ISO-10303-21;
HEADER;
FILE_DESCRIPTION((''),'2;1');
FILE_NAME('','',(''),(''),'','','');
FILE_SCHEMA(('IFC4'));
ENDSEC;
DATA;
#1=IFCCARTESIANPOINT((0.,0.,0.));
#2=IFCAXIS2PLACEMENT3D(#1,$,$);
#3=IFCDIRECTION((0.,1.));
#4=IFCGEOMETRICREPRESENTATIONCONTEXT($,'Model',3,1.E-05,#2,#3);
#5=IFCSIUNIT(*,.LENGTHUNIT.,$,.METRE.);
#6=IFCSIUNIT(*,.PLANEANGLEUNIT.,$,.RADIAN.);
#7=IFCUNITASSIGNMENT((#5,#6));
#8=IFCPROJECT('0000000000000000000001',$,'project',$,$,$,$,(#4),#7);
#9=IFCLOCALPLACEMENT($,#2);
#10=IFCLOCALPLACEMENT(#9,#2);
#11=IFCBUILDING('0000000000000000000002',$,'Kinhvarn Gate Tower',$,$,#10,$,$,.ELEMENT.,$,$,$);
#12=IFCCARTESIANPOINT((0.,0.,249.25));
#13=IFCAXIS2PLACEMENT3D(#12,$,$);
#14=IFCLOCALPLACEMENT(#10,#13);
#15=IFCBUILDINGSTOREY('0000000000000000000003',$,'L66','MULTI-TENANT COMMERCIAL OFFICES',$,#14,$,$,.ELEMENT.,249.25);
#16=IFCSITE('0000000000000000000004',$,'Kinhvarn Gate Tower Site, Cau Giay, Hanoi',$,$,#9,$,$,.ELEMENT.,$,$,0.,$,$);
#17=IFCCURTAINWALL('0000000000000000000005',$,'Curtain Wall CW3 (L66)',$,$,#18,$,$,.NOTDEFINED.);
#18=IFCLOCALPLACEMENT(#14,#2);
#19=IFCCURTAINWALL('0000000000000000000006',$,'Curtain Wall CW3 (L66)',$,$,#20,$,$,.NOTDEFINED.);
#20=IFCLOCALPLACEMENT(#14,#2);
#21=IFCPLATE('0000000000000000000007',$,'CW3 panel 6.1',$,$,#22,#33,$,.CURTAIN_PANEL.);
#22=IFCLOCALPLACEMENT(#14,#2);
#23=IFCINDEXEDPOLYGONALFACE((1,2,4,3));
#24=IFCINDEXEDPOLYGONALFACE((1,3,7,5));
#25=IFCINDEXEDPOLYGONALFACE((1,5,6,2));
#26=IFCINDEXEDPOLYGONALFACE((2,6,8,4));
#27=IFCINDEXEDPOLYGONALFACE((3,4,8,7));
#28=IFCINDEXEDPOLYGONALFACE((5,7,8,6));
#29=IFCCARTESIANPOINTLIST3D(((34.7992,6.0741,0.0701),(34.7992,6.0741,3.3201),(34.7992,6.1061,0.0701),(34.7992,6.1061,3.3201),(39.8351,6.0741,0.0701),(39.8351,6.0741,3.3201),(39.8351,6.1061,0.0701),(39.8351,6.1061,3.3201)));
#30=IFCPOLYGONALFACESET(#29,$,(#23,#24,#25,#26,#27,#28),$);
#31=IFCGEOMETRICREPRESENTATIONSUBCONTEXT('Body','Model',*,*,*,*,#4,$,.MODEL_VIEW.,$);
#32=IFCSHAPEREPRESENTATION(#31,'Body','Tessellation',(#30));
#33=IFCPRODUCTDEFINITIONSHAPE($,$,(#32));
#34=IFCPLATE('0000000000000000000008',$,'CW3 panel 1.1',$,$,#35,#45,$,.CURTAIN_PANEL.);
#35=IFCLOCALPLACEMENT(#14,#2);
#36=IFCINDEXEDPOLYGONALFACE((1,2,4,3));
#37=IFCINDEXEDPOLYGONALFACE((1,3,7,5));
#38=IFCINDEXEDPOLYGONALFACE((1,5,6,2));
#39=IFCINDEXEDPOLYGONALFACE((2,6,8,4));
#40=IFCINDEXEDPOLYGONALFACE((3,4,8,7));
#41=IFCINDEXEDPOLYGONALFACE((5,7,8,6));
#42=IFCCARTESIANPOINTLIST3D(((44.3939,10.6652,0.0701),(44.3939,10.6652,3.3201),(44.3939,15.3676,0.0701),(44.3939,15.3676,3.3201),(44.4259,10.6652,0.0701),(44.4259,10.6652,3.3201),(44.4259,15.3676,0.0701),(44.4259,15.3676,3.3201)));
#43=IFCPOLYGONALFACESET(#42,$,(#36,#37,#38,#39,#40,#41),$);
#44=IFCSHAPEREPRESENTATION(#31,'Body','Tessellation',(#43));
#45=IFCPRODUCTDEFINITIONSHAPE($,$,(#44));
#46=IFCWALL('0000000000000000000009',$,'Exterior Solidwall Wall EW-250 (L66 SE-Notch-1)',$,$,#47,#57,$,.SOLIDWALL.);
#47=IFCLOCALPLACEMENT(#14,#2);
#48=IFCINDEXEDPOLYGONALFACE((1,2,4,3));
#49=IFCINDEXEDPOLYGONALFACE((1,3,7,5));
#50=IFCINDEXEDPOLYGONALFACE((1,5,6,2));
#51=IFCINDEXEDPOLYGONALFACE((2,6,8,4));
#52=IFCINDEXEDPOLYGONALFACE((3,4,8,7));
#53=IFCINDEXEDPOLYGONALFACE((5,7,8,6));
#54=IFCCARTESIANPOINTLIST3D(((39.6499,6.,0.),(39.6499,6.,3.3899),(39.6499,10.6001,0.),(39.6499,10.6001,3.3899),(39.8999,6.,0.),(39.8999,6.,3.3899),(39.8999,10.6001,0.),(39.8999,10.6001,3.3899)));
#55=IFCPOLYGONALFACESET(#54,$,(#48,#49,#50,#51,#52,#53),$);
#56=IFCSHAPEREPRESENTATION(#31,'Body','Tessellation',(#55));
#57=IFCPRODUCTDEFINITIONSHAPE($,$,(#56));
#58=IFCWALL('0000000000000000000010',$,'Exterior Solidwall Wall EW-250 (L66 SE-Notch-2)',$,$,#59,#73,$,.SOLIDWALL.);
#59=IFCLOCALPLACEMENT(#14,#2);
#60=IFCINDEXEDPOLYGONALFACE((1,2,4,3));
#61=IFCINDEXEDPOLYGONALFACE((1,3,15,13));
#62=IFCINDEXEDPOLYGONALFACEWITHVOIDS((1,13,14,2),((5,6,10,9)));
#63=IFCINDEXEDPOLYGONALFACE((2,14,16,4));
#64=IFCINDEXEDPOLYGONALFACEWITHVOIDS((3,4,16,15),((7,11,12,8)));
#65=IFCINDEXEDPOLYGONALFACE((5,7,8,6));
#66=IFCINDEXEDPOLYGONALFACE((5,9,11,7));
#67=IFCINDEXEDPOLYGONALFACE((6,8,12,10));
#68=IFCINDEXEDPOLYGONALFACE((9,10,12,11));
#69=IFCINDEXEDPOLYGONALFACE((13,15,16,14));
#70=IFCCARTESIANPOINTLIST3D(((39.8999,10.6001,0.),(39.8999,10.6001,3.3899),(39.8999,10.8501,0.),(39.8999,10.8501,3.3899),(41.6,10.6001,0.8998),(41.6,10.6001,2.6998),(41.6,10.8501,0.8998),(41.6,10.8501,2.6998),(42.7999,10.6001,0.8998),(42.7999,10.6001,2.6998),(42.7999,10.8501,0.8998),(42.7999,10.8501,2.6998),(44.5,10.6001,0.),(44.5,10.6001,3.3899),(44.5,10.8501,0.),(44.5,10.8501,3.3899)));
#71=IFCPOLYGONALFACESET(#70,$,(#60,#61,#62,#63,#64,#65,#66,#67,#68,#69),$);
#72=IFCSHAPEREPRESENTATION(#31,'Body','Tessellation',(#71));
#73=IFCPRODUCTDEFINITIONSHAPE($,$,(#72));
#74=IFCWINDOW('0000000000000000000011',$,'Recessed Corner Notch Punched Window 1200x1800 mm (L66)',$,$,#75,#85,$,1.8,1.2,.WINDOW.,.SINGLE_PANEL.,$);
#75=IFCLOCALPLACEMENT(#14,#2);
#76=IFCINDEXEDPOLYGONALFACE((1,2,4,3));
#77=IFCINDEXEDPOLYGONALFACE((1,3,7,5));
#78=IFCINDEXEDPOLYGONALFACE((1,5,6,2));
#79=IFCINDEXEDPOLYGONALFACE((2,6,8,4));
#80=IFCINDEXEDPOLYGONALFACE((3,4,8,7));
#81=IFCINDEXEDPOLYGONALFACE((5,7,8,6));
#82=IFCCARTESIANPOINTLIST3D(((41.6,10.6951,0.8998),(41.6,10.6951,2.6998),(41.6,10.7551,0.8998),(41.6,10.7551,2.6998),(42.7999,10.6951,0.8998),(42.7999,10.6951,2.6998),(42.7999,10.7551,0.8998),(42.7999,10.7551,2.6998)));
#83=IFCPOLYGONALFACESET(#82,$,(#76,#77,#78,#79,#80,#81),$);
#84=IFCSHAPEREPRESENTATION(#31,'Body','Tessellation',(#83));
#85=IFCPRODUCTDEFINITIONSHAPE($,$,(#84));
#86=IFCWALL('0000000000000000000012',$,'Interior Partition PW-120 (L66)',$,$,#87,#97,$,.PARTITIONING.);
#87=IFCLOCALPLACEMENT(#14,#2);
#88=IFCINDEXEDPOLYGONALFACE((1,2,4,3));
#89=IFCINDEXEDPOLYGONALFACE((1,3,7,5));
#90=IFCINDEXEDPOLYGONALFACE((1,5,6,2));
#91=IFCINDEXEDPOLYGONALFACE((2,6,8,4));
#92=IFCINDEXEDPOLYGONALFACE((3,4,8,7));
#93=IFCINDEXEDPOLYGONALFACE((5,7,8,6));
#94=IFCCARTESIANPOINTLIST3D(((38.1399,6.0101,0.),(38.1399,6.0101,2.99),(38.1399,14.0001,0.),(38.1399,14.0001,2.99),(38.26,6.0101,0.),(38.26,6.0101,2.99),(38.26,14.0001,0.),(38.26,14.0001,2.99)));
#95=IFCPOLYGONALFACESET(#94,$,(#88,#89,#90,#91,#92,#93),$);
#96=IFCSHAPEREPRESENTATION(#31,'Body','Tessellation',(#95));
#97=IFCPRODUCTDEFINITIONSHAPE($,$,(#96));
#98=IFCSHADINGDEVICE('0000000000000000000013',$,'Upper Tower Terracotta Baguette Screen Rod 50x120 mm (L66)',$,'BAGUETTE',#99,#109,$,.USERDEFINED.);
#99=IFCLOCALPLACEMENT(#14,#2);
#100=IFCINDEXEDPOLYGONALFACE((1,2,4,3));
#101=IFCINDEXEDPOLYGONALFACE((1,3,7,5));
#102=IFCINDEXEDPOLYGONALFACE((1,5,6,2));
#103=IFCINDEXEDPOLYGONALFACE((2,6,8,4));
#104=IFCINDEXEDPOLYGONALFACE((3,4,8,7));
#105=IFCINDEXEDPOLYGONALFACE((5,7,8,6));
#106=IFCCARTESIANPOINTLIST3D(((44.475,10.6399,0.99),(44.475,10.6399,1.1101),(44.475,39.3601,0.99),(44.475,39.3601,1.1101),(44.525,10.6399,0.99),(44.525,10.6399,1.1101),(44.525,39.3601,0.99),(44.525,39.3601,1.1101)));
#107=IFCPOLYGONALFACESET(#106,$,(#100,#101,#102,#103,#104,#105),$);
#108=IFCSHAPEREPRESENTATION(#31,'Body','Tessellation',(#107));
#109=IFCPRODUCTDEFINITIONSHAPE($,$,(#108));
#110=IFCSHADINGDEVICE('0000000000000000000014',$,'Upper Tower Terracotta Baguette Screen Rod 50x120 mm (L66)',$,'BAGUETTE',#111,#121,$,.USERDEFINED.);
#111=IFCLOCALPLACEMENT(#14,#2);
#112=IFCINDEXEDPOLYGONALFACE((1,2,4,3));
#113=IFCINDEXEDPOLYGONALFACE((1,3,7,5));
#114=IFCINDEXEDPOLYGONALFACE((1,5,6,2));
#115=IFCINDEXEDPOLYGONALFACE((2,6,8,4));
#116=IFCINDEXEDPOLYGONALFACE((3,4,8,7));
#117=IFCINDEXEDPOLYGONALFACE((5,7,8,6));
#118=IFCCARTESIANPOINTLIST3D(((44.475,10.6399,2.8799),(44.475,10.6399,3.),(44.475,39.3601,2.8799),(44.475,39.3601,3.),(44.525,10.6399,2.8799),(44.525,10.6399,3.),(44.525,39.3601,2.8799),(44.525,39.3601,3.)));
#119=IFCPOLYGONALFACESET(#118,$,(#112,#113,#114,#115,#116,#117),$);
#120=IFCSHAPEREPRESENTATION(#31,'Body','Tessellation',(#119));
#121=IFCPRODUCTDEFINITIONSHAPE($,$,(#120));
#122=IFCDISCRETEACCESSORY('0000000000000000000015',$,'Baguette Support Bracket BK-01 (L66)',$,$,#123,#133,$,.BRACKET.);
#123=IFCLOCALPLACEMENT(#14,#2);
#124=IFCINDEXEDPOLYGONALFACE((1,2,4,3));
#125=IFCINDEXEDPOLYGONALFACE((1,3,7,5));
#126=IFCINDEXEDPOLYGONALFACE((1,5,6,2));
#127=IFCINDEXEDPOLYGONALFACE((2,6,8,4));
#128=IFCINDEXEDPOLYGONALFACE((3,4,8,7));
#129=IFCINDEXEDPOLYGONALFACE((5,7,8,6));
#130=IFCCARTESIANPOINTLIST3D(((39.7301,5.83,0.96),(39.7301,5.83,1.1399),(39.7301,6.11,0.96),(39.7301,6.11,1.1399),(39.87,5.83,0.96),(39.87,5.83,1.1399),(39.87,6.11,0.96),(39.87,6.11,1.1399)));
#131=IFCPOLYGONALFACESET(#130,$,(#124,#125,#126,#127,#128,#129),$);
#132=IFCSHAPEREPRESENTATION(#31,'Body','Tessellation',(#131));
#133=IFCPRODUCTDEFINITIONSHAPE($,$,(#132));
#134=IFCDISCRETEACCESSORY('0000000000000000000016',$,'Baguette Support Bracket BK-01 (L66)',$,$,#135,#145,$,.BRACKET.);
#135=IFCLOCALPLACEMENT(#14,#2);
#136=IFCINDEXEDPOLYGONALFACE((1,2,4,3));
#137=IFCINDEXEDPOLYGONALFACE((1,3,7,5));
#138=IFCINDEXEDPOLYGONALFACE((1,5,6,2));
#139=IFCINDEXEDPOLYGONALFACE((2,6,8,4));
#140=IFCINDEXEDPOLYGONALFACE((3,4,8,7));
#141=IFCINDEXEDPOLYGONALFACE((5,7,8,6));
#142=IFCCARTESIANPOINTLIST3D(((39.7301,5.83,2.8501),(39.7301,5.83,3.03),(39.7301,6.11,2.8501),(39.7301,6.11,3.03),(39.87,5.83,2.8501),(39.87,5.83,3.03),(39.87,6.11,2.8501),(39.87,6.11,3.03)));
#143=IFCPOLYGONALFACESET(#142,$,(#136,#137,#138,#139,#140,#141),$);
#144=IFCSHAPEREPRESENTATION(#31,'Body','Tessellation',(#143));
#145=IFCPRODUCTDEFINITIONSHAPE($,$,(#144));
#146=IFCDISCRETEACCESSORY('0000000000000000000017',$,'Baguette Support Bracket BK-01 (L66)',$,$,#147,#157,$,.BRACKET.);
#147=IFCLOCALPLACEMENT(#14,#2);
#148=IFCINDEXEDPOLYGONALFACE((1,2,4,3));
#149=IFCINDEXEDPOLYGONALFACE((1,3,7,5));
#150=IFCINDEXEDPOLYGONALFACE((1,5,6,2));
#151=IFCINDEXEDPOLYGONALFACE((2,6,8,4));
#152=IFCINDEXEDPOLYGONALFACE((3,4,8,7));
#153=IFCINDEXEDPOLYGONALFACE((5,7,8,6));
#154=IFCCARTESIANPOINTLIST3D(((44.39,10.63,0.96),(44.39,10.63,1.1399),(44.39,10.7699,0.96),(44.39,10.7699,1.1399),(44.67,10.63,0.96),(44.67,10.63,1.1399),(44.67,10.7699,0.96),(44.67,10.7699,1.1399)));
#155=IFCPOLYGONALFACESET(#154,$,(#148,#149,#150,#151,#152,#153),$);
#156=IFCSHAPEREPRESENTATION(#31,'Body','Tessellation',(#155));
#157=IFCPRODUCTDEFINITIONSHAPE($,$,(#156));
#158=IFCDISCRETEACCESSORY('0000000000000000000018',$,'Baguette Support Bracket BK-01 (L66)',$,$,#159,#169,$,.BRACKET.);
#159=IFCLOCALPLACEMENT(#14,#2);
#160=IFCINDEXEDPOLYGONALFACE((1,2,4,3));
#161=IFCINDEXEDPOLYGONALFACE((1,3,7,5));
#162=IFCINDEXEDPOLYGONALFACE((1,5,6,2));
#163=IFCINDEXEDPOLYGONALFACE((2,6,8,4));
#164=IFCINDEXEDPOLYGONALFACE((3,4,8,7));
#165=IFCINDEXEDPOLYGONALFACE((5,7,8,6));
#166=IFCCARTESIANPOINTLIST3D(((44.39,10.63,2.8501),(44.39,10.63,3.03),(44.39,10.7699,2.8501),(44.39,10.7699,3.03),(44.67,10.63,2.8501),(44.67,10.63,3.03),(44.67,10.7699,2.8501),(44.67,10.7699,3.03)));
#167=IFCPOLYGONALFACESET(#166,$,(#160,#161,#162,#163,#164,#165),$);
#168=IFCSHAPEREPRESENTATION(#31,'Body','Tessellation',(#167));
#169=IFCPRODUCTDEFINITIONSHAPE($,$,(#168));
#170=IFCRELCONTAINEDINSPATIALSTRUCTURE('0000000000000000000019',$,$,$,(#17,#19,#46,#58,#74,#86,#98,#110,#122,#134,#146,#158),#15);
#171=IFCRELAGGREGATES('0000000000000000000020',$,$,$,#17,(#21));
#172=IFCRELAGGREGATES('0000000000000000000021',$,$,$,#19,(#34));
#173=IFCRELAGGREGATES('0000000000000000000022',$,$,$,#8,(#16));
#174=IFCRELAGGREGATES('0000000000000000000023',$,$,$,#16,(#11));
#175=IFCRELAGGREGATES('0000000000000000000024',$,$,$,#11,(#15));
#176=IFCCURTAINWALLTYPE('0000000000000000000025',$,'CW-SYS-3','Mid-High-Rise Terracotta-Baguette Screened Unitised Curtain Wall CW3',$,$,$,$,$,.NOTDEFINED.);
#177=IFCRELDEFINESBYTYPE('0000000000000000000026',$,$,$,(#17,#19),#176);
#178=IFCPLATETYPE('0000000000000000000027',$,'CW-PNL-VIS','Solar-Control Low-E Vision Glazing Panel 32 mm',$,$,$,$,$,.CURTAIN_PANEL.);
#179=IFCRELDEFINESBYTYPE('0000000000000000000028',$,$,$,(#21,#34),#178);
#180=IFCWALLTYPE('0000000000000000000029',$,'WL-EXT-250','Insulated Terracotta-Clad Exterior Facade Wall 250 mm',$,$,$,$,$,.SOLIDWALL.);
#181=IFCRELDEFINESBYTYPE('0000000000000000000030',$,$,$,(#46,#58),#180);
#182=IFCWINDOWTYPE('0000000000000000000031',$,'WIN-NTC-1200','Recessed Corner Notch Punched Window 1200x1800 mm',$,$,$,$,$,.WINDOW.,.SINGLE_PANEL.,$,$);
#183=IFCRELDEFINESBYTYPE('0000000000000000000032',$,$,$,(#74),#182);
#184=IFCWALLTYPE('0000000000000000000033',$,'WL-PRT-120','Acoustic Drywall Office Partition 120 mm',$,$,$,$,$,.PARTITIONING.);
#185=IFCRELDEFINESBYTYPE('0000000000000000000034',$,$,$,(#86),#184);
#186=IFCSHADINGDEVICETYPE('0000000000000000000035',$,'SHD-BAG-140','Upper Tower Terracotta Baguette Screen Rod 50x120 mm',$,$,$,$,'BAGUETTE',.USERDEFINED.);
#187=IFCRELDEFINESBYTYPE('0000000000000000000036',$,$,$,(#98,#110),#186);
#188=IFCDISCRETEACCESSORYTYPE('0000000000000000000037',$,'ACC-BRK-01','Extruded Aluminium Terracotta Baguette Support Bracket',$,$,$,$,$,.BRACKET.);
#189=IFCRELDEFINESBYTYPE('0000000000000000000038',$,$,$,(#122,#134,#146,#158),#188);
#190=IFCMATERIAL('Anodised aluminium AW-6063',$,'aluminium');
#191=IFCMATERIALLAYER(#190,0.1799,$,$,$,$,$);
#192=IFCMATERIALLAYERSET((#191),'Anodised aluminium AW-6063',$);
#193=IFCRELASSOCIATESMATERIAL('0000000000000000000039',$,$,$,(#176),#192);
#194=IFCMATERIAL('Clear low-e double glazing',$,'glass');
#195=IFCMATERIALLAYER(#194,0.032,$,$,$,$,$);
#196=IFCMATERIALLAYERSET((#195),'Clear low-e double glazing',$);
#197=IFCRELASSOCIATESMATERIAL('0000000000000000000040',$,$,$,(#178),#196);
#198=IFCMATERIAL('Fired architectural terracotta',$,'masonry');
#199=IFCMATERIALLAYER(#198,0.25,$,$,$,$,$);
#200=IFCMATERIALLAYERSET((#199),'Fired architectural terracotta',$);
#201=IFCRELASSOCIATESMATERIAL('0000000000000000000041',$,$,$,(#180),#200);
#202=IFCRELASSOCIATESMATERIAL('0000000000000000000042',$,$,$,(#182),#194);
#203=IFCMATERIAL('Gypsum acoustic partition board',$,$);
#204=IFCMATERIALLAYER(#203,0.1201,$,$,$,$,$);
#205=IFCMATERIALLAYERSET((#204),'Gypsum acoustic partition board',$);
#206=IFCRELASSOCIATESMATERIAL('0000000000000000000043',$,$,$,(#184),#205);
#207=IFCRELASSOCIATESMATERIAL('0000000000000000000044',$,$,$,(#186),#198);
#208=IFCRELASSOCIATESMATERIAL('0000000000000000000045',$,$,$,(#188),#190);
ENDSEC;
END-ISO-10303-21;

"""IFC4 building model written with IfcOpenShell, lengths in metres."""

from ifc_helpers import new_model, si_unit, direction, frame, frame_2d, origin, origin_2d, place, context, subcontext, project, spatial, rectangle, extrude, material, layer, layer_set, material_profile, profile_set, type_object, element, fill, aggregate, save


model = new_model("IFC4")

# Units and contexts
model_context = context("Model", 3, precision=1e-05, world=origin(), true_north=direction((0.0, 1.0)))
body_context = subcontext(model_context, "Body", "Model", "MODEL_VIEW")
ifc_project = project(units=[si_unit("LENGTHUNIT", "METRE"), si_unit("PLANEANGLEUNIT", "RADIAN")], contexts=[model_context])

# Site, building, storey
site_placement = place(None, origin())
site = spatial("IfcSite", under=ifc_project, at=site_placement, Name="Kinhvarn Gate Tower Site, Cau Giay, Hanoi", CompositionType="ELEMENT", RefElevation=0.0)
building_placement = place(site_placement, origin())
building = spatial("IfcBuilding", under=site, at=building_placement, Name="Kinhvarn Gate Tower", CompositionType="ELEMENT")
storey_placement = place(building_placement, frame((0.0, 0.0, 249.25)))
storey = spatial("IfcBuildingStorey", under=building, at=storey_placement, Name="L66", Description="MULTI-TENANT COMMERCIAL OFFICES", CompositionType="ELEMENT", Elevation=249.25)

# Curtain walls
ifc_material_1 = material(Name="Anodised aluminium AW-6063", Category="aluminium")
ifc_layer_1 = layer(ifc_material_1, 0.1799)
ifc_layer_set_1 = layer_set([ifc_layer_1], Name="Anodised aluminium AW-6063")
curtain_wall_type = type_object("IfcCurtainWallType", Name="CW-SYS-3", Description="Mid-High-Rise Terracotta-Baguette Screened Unitised Curtain Wall CW3", PredefinedType="NOTDEFINED", material=ifc_layer_set_1)
curtain_wall_1_placement = place(storey_placement, origin())
curtain_wall_1 = element("IfcCurtainWall", 1, at=curtain_wall_1_placement, inside=storey, type_object=curtain_wall_type, Name="Curtain Wall CW3 (L66)", PredefinedType="NOTDEFINED")
curtain_wall_2_placement = place(storey_placement, origin())
curtain_wall_2 = element("IfcCurtainWall", 2, at=curtain_wall_2_placement, inside=storey, type_object=curtain_wall_type, Name="Curtain Wall CW3 (L66)", PredefinedType="NOTDEFINED")

# Plates
ifc_material_2 = material(Name="Clear low-e double glazing", Category="glass")
ifc_layer_2 = layer(ifc_material_2, 0.032)
ifc_layer_set_2 = layer_set([ifc_layer_2], Name="Clear low-e double glazing")
plate_type = type_object("IfcPlateType", Name="CW-PNL-VIS", Description="Solar-Control Low-E Vision Glazing Panel 32 mm", PredefinedType="CURTAIN_PANEL", material=ifc_layer_set_2)
plate_1_placement = place(storey_placement, frame((37.3171, 6.0901, 0.0701), z_axis=(0.0, 0.0, 1.0), x_axis=(1.0, 0.0, 0.0)))
plate_1 = element("IfcPlate", 3, at=plate_1_placement, type_object=plate_type, Name="CW3 panel 6.1", PredefinedType="CURTAIN_PANEL", context=body_context, shape_type="SweptSolid", body=[
    extrude(rectangle(XDim=5.0359, YDim=0.032, at=origin_2d()), origin(), (0.0, 0.0, 1.0), 3.25),
])
aggregate(curtain_wall_1, [plate_1])
plate_2_placement = place(storey_placement, frame((44.4099, 13.0164, 0.0701), z_axis=(0.0, 0.0, 1.0), x_axis=(0.0, 1.0, 0.0)))
plate_2 = element("IfcPlate", 4, at=plate_2_placement, type_object=plate_type, Name="CW3 panel 1.1", PredefinedType="CURTAIN_PANEL", context=body_context, shape_type="SweptSolid", body=[
    extrude(rectangle(XDim=4.7024, YDim=0.032, at=origin_2d()), origin(), (0.0, 0.0, 1.0), 3.25),
])
aggregate(curtain_wall_2, [plate_2])

# Wall
ifc_material_3 = material(Name="Fired architectural terracotta", Category="masonry")
ifc_layer_3 = layer(ifc_material_3, 0.25)
ifc_layer_set_3 = layer_set([ifc_layer_3], Name="Fired architectural terracotta")
wall_type_1 = type_object("IfcWallType", Name="WL-EXT-250", Description="Insulated Terracotta-Clad Exterior Facade Wall 250 mm", PredefinedType="SOLIDWALL", material=ifc_layer_set_3)
wall_1_placement = place(storey_placement, frame((39.7749, 6.0, 0.0), z_axis=(0.0, 0.0, 1.0), x_axis=(0.0, 1.0, 0.0)))
element("IfcWall", 5, at=wall_1_placement, inside=storey, type_object=wall_type_1, Name="Exterior Solidwall Wall EW-250 (L66 SE-Notch-1)", PredefinedType="SOLIDWALL", context=body_context, shape_type="SweptSolid", body=[
    extrude(rectangle(XDim=4.6001, YDim=0.25, at=frame_2d((2.3, 0.0))), origin(), (0.0, 0.0, 1.0), 3.3899),
])

# Wall, opening, window
wall_2_placement = place(storey_placement, frame((39.8999, 10.7251, 0.0), z_axis=(0.0, 0.0, 1.0), x_axis=(1.0, 0.0, 0.0)))
wall_2 = element("IfcWall", 6, at=wall_2_placement, inside=storey, type_object=wall_type_1, Name="Exterior Solidwall Wall EW-250 (L66 SE-Notch-2)", PredefinedType="SOLIDWALL", context=body_context, shape_type="SweptSolid", body=[
    extrude(rectangle(XDim=4.6001, YDim=0.25, at=frame_2d((2.3, 0.0))), origin(), (0.0, 0.0, 1.0), 3.3899),
])
opening_placement = place(wall_2_placement, frame((1.7, 0.0, 0.8999)))
opening = element("IfcOpeningElement", 7, at=opening_placement, cuts=wall_2, PredefinedType="OPENING", context=body_context, shape_type="SweptSolid", body=[
    extrude(rectangle(XDim=1.2, YDim=1.8, at=frame_2d((0.6001, 0.8999))), frame((0.0, 0.135, 0.0), z_axis=(0.0, -1.0, 0.0), x_axis=(1.0, 0.0, 0.0)), (0.0, 0.0, 1.0), 0.27),
])
window_type = type_object("IfcWindowType", Name="WIN-NTC-1200", Description="Recessed Corner Notch Punched Window 1200x1800 mm", PartitioningType="SINGLE_PANEL", PredefinedType="WINDOW", material=ifc_material_2)
window_placement = place(opening_placement, origin())
window = element("IfcWindow", 8, at=window_placement, inside=storey, type_object=window_type, Name="Recessed Corner Notch Punched Window 1200x1800 mm (L66)", OverallHeight=1.8, OverallWidth=1.2, PartitioningType="SINGLE_PANEL", PredefinedType="WINDOW", context=body_context, shape_type="SweptSolid", body=[
    extrude(rectangle(XDim=1.2, YDim=1.8, at=frame_2d((0.6001, 0.8999))), frame((0.0, 0.03, 0.0), z_axis=(0.0, -1.0, 0.0), x_axis=(1.0, 0.0, 0.0)), (0.0, 0.0, 1.0), 0.0601),
])
fill(opening, window)

# Wall
ifc_material_4 = material(Name="Gypsum acoustic partition board")
ifc_layer_4 = layer(ifc_material_4, 0.1201)
ifc_layer_set_4 = layer_set([ifc_layer_4], Name="Gypsum acoustic partition board")
wall_type_2 = type_object("IfcWallType", Name="WL-PRT-120", Description="Acoustic Drywall Office Partition 120 mm", PredefinedType="PARTITIONING", material=ifc_layer_set_4)
wall_3_placement = place(storey_placement, frame((38.2, 6.01, 0.0), z_axis=(0.0, 0.0, 1.0), x_axis=(0.0, 1.0, 0.0)))
element("IfcWall", 9, at=wall_3_placement, inside=storey, type_object=wall_type_2, Name="Interior Partition PW-120 (L66)", PredefinedType="PARTITIONING", context=body_context, shape_type="SweptSolid", body=[
    extrude(rectangle(XDim=7.99, YDim=0.1201, at=frame_2d((3.9951, 0.0))), origin(), (0.0, 0.0, 1.0), 2.99),
])

# Shading devices
ifc_material_profile_1 = material_profile(ifc_material_3, rectangle(XDim=0.05, YDim=0.1201, at=origin_2d()), Name="TC 50x120")
ifc_profile_set_1 = profile_set([ifc_material_profile_1], Name="Fired architectural terracotta")
shading_device_type = type_object("IfcShadingDeviceType", Name="SHD-BAG-140", Description="Upper Tower Terracotta Baguette Screen Rod 50x120 mm", ElementType="BAGUETTE", PredefinedType="USERDEFINED", material=ifc_profile_set_1)
for number, where, z_axis, x_axis, name in (
    (10, (44.5, 10.6399, 1.05), (0.0, 1.0, 0.0), (-1.0, 0.0, 0.0), "Upper Tower Terracotta Baguette Screen Rod 50x120 mm (L66)"),
    (11, (44.5, 10.6399, 2.9399), (0.0, 1.0, 0.0), (-1.0, 0.0, 0.0), "Upper Tower Terracotta Baguette Screen Rod 50x120 mm (L66)"),
):
    element("IfcShadingDevice", number, at=place(storey_placement, frame(where, z_axis=z_axis, x_axis=x_axis)), inside=storey, type_object=shading_device_type, Name=name, ObjectType="BAGUETTE", PredefinedType="USERDEFINED", context=body_context, shape_type="SweptSolid", body=[
        extrude(rectangle(XDim=0.05, YDim=0.1201, at=origin_2d()), origin(), (0.0, 0.0, 1.0), 28.7202),
    ])

# Discrete accessories
discrete_accessory_type = type_object("IfcDiscreteAccessoryType", Name="ACC-BRK-01", Description="Extruded Aluminium Terracotta Baguette Support Bracket", PredefinedType="BRACKET", material=ifc_material_1)
for number, where, z_axis, x_axis, name in (
    (12, (39.8, 5.97, 0.96), (0.0, 0.0, 1.0), (1.0, 0.0, 0.0), "Baguette Support Bracket BK-01 (L66)"),
    (13, (39.8, 5.97, 2.8501), (0.0, 0.0, 1.0), (1.0, 0.0, 0.0), "Baguette Support Bracket BK-01 (L66)"),
    (14, (44.53, 10.7, 0.96), (0.0, 0.0, 1.0), (0.0, 1.0, 0.0), "Baguette Support Bracket BK-01 (L66)"),
    (15, (44.53, 10.7, 2.8501), (0.0, 0.0, 1.0), (0.0, 1.0, 0.0), "Baguette Support Bracket BK-01 (L66)"),
):
    element("IfcDiscreteAccessory", number, at=place(storey_placement, frame(where, z_axis=z_axis, x_axis=x_axis)), inside=storey, type_object=discrete_accessory_type, Name=name, PredefinedType="BRACKET", context=body_context, shape_type="SweptSolid", body=[
        extrude(rectangle(XDim=0.1399, YDim=0.28, at=origin_2d()), origin(), (0.0, 0.0, 1.0), 0.1799),
    ])

save(model, "model.ifc")
